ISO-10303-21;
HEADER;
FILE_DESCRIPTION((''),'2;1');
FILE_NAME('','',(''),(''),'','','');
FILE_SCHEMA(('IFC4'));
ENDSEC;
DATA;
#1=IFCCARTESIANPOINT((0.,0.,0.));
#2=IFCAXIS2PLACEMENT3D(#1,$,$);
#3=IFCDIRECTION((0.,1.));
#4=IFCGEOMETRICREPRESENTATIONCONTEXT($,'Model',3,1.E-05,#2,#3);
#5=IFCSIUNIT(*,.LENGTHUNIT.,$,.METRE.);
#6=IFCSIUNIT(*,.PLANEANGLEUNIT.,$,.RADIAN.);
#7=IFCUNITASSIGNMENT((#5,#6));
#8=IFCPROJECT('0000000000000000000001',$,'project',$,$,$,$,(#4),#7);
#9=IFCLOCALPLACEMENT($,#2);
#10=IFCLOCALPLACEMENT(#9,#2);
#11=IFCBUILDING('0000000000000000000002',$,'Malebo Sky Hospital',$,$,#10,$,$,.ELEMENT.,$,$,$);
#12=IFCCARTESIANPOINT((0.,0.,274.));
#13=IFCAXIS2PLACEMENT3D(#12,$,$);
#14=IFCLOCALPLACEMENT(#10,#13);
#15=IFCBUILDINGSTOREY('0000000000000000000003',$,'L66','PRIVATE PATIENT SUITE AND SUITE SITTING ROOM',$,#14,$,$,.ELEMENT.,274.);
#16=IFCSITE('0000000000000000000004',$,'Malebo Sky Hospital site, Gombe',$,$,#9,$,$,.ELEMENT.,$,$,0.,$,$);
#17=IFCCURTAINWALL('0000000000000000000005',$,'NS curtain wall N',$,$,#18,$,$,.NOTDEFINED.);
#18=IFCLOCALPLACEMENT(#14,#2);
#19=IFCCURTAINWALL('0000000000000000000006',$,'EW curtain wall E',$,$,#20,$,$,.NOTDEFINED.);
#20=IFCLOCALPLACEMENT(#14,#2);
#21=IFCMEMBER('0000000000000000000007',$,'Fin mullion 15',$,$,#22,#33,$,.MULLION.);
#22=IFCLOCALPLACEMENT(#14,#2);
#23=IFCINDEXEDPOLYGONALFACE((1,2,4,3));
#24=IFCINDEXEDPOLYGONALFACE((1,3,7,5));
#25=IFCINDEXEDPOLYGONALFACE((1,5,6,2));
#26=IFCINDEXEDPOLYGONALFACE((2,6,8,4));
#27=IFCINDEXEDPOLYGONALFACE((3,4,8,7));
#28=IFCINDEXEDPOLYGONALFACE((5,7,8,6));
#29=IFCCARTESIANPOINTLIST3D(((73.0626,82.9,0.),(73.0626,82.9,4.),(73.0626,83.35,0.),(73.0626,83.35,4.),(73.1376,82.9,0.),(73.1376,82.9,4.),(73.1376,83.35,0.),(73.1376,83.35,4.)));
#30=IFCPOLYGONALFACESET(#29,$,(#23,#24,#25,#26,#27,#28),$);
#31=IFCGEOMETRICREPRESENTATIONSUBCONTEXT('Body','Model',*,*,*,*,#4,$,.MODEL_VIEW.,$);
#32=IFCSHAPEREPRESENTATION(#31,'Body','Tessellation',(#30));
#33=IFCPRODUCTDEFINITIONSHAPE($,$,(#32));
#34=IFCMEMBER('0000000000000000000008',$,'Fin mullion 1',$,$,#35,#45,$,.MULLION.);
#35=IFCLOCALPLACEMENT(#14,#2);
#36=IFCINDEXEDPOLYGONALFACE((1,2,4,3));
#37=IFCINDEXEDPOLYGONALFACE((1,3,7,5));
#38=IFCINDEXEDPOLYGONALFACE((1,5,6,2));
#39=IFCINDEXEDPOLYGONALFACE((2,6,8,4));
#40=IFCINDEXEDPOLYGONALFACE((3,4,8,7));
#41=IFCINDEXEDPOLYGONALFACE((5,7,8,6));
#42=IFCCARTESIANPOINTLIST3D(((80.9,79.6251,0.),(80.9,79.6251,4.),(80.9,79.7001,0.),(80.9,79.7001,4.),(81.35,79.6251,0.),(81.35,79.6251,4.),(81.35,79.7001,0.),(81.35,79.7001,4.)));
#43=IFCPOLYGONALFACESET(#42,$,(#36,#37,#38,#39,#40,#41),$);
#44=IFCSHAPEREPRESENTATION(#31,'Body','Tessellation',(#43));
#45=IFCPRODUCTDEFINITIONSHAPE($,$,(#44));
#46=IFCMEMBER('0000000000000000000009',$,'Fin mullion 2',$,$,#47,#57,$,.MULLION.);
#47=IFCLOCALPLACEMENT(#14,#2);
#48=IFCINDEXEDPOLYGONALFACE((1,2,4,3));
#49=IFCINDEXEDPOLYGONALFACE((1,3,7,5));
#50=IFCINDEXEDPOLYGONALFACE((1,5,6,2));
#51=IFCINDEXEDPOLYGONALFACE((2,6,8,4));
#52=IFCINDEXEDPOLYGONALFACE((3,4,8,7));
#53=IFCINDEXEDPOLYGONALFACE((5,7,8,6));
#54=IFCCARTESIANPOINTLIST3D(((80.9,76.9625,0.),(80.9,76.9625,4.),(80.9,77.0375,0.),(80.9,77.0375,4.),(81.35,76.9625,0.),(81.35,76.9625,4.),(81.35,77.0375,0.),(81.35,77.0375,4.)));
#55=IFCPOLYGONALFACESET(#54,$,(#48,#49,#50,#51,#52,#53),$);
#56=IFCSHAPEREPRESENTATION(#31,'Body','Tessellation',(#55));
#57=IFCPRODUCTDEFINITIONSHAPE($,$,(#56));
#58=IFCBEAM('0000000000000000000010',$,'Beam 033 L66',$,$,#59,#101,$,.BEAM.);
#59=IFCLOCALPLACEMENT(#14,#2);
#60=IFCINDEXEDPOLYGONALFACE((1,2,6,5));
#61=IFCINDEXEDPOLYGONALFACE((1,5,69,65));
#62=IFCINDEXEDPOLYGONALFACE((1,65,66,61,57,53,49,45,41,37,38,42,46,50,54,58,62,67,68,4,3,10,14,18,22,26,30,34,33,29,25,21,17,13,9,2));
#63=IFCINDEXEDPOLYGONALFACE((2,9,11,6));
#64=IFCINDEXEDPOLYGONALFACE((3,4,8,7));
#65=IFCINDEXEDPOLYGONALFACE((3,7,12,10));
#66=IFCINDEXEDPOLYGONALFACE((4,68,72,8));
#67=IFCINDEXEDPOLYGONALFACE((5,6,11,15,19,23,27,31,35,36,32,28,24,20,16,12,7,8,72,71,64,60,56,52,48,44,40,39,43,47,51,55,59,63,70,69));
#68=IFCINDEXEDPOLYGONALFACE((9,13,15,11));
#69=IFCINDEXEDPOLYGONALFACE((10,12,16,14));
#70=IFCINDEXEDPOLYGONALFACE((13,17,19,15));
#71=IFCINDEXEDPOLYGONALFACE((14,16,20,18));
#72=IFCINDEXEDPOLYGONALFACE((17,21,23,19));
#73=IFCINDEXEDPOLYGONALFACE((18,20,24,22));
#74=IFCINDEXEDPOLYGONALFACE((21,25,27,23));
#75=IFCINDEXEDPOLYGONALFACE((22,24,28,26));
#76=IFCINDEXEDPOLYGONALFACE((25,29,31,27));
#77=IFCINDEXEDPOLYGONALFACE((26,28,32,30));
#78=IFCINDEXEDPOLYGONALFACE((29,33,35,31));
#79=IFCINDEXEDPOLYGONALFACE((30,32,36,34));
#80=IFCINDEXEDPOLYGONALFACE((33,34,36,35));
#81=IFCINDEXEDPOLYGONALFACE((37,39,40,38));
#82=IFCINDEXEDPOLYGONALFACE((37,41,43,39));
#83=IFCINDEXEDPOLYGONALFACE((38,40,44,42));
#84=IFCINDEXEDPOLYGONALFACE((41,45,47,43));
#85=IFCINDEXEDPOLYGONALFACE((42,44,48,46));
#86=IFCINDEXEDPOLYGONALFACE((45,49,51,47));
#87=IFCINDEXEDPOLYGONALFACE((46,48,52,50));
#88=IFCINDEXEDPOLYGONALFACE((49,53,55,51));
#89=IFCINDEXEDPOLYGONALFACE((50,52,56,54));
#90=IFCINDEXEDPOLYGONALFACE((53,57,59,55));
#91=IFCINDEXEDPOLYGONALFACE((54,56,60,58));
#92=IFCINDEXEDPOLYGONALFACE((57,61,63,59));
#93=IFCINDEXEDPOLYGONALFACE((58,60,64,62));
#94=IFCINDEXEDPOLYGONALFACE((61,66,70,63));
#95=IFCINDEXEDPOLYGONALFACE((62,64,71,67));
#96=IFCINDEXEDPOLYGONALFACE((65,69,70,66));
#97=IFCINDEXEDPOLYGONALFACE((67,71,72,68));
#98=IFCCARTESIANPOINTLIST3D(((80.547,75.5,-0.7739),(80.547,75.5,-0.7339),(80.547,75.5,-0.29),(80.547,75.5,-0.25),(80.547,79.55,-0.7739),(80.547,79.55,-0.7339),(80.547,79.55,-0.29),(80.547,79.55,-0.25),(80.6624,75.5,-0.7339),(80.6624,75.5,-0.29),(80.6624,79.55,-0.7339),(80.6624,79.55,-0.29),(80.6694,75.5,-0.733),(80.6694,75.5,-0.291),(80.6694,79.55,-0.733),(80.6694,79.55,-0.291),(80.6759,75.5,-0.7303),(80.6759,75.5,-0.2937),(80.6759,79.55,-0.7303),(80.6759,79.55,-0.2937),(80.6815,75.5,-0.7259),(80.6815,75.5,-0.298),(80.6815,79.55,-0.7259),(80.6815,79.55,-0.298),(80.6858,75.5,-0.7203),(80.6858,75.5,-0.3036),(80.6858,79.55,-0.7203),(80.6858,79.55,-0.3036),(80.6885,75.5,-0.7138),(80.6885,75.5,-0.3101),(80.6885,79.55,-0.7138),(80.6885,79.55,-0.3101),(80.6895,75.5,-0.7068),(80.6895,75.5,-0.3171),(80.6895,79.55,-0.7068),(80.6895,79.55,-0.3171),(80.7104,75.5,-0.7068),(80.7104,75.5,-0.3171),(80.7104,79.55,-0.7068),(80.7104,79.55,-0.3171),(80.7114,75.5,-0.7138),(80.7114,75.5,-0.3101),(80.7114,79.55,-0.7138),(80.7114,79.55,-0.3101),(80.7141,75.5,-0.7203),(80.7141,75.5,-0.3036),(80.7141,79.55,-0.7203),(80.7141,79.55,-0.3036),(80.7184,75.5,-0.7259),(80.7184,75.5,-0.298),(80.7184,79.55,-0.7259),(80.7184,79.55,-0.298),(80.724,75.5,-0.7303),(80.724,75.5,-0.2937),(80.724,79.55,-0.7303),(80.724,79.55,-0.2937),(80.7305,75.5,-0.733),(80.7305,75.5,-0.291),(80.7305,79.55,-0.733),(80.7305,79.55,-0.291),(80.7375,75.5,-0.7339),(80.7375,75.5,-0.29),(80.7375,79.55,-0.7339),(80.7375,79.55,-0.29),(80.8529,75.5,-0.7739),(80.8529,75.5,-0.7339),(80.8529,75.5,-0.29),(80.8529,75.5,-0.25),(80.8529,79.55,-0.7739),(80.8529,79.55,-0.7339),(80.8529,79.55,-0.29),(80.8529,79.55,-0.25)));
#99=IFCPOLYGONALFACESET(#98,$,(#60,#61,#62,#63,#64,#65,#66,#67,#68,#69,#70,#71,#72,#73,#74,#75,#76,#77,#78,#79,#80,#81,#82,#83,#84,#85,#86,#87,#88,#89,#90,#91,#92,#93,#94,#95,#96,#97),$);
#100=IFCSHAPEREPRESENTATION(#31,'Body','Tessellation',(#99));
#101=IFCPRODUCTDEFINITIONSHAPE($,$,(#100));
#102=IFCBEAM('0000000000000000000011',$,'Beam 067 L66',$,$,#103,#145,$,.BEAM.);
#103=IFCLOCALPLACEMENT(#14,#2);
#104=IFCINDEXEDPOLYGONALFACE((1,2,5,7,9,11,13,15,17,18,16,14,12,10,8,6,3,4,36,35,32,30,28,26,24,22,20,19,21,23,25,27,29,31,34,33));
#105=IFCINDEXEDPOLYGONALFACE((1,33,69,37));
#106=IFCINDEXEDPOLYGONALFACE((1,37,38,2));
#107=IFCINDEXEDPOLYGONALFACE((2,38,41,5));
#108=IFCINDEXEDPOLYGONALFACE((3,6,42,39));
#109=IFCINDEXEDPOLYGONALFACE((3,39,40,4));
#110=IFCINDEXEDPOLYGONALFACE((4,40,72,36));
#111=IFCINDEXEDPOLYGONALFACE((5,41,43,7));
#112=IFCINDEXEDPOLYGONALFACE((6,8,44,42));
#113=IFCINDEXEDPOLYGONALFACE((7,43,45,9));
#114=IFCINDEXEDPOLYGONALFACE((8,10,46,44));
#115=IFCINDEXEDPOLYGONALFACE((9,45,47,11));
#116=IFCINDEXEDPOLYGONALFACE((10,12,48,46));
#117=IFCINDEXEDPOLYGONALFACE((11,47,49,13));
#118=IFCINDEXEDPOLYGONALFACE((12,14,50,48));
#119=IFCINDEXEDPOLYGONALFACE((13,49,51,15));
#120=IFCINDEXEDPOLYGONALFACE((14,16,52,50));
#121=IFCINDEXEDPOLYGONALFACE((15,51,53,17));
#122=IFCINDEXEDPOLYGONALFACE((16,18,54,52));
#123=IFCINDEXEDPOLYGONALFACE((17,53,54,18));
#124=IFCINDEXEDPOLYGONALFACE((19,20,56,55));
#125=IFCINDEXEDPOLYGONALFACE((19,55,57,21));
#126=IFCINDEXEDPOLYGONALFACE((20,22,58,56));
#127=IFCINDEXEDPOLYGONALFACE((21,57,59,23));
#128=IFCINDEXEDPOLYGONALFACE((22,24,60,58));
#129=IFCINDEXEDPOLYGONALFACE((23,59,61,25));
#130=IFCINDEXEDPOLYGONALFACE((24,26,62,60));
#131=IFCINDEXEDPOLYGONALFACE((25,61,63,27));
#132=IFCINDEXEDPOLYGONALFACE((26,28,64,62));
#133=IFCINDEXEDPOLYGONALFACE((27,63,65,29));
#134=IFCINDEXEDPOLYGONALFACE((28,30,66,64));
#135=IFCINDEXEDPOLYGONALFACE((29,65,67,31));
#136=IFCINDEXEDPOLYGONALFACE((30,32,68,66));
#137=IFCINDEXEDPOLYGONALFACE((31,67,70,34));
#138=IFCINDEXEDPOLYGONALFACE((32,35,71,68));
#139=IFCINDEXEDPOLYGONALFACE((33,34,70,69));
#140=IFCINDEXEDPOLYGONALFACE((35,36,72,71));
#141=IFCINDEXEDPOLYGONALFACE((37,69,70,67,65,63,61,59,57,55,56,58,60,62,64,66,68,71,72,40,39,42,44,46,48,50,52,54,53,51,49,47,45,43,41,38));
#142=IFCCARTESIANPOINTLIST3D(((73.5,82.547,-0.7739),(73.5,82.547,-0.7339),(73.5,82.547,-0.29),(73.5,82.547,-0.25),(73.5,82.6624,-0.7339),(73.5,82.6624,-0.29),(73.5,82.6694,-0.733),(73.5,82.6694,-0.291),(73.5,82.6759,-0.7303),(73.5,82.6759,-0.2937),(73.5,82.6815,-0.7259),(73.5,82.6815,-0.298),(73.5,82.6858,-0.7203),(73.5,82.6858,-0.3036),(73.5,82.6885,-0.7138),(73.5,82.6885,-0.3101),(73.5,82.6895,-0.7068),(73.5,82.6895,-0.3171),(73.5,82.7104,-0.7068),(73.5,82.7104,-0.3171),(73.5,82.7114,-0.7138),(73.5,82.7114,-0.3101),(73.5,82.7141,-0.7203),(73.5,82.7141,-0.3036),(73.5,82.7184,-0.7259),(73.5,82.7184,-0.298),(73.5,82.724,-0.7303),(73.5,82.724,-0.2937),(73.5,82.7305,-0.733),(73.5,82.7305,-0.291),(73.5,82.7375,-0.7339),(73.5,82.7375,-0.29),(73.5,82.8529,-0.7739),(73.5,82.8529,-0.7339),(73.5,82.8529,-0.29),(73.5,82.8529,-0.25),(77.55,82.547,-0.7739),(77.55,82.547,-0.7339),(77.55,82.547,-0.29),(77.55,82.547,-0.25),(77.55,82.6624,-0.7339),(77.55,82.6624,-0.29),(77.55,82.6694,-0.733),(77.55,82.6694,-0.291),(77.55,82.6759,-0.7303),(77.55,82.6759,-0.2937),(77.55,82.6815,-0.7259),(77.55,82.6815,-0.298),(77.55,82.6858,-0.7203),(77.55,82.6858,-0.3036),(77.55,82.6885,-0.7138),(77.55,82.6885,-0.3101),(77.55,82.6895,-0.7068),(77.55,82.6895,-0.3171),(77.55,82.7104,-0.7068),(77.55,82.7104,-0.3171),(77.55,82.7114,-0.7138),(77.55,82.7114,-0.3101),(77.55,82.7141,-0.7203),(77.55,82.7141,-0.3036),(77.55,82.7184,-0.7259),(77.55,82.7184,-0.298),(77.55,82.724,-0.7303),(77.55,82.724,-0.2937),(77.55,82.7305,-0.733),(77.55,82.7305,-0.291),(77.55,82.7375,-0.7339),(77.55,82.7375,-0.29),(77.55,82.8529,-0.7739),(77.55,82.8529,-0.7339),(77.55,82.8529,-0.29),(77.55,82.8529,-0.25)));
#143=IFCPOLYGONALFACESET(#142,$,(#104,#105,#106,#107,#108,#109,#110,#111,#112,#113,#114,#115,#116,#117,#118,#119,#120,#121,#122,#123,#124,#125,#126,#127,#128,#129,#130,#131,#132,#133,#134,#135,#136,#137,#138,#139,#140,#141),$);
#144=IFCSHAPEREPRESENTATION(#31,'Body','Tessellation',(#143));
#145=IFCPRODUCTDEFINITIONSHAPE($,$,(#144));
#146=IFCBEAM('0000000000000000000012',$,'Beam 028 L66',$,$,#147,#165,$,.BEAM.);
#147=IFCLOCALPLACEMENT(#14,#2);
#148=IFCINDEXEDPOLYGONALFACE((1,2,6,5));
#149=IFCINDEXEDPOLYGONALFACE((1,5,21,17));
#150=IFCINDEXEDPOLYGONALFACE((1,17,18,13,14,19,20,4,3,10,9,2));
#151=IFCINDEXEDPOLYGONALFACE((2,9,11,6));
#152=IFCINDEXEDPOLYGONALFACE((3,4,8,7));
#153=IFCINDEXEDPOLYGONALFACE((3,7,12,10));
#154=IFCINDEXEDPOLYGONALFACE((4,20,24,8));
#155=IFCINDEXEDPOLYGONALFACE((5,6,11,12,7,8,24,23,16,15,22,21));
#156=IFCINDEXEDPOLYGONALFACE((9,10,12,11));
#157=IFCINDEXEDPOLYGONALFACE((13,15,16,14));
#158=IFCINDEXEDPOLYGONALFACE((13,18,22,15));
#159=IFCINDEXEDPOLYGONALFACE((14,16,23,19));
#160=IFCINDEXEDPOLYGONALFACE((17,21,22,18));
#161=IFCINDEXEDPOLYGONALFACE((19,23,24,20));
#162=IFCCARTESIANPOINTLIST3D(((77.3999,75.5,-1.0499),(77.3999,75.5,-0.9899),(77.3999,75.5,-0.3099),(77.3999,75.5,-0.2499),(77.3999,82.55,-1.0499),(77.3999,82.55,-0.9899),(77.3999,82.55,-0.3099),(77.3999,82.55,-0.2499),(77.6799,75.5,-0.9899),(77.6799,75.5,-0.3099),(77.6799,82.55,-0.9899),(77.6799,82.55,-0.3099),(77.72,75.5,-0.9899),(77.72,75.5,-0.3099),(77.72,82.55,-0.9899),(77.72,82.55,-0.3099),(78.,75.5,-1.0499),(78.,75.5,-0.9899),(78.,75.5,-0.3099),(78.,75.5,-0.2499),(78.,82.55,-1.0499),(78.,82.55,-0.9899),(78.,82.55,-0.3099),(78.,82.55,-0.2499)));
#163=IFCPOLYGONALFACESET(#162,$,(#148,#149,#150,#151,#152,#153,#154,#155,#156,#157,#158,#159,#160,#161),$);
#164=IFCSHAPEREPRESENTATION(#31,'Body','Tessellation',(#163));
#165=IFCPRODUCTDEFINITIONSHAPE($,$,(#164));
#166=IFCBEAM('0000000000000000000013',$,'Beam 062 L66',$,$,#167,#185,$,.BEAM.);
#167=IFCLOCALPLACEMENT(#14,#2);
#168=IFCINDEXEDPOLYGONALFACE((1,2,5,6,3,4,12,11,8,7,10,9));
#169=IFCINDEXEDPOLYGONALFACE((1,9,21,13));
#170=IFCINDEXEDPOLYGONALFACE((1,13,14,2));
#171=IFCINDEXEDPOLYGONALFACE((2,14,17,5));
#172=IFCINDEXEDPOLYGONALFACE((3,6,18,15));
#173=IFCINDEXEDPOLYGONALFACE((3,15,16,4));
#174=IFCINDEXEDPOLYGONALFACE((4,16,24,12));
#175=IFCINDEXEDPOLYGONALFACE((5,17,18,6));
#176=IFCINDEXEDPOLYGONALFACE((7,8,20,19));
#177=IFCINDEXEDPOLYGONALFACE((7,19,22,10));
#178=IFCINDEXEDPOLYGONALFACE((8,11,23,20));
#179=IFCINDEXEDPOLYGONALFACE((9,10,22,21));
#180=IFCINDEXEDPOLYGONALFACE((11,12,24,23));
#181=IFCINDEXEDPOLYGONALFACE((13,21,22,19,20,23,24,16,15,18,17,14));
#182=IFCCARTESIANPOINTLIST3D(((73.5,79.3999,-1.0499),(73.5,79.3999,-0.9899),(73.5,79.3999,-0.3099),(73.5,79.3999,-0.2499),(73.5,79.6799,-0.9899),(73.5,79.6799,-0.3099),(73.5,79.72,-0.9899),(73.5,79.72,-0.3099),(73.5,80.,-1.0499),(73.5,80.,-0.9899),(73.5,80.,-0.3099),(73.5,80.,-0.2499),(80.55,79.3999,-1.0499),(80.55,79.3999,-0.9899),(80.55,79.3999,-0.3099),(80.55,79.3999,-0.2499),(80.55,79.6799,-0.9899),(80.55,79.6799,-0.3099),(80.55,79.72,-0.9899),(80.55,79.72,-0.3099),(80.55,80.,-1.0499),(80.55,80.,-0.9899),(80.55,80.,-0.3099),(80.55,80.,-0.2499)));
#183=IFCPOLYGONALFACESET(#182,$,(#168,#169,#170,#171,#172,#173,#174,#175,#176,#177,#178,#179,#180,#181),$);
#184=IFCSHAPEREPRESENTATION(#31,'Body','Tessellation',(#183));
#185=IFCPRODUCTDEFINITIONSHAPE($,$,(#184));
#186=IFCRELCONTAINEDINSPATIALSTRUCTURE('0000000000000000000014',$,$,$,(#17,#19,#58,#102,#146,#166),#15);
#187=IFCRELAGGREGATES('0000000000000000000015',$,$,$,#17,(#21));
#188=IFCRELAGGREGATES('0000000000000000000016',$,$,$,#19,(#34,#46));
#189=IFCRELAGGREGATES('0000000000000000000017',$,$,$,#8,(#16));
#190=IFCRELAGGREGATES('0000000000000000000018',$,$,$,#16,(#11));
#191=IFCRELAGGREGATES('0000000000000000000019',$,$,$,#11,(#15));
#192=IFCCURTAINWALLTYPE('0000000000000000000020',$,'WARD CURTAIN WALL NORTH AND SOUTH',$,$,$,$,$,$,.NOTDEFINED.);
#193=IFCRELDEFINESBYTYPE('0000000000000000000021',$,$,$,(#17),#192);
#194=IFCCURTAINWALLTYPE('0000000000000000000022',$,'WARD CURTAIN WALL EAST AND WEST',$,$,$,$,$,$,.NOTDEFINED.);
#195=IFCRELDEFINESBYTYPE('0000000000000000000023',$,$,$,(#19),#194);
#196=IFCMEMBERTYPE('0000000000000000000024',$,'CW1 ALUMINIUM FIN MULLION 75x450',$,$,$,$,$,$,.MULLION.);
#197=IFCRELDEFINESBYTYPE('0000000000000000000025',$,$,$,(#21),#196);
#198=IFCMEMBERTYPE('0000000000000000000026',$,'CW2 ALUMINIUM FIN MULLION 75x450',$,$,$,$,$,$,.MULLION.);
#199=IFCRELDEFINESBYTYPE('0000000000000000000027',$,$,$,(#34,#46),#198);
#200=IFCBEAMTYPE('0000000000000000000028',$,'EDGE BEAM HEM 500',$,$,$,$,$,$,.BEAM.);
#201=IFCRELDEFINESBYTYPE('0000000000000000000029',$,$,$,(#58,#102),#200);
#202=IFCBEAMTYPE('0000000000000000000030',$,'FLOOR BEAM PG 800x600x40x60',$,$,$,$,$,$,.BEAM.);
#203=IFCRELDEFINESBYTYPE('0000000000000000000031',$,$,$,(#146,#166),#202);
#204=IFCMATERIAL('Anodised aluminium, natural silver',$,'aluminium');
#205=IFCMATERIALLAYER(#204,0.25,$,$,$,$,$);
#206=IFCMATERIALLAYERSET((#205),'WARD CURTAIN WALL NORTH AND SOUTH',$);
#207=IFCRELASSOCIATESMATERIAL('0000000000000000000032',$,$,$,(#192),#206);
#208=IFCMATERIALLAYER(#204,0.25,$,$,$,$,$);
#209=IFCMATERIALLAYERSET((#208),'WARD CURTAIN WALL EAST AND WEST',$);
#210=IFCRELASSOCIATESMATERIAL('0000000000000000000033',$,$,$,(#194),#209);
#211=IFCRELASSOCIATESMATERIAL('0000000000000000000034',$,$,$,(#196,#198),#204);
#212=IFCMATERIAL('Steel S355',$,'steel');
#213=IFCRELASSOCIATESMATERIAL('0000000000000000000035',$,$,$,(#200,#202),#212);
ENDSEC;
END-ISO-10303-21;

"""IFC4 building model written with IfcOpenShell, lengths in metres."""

from ifc_helpers import new_model, si_unit, direction, frame, origin, origin_2d, place, context, subcontext, project, spatial, rectangle, i_section, extrude, material, layer, layer_set, material_profile, profile_set, type_object, element, aggregate, save


model = new_model("IFC4")

# Units and contexts
model_context = context("Model", 3, precision=1e-05, world=origin(), true_north=direction((0.0, 1.0)))
body_context = subcontext(model_context, "Body", "Model", "MODEL_VIEW")
ifc_project = project(units=[si_unit("LENGTHUNIT", "METRE"), si_unit("PLANEANGLEUNIT", "RADIAN")], contexts=[model_context])

# Site, building, storey
site_placement = place(None, origin())
site = spatial("IfcSite", under=ifc_project, at=site_placement, Name="Malebo Sky Hospital site, Gombe", CompositionType="ELEMENT", RefElevation=0.0)
building_placement = place(site_placement, origin())
building = spatial("IfcBuilding", under=site, at=building_placement, Name="Malebo Sky Hospital", CompositionType="ELEMENT")
storey_placement = place(building_placement, frame((0.0, 0.0, 274.0)))
storey = spatial("IfcBuildingStorey", under=building, at=storey_placement, Name="L66", Description="PRIVATE PATIENT SUITE AND SUITE SITTING ROOM", CompositionType="ELEMENT", Elevation=274.0)

# Curtain walls
ifc_material_1 = material(Name="Anodised aluminium, natural silver", Category="aluminium")
ifc_layer_1 = layer(ifc_material_1, 0.25)
ifc_layer_set_1 = layer_set([ifc_layer_1], Name="WARD CURTAIN WALL NORTH AND SOUTH")
curtain_wall_type_1 = type_object("IfcCurtainWallType", Name="WARD CURTAIN WALL NORTH AND SOUTH", PredefinedType="NOTDEFINED", material=ifc_layer_set_1)
curtain_wall_1_placement = place(storey_placement, origin())
curtain_wall_1 = element("IfcCurtainWall", 1, at=curtain_wall_1_placement, inside=storey, type_object=curtain_wall_type_1, Name="NS curtain wall N", PredefinedType="NOTDEFINED")
ifc_layer_2 = layer(ifc_material_1, 0.25)
ifc_layer_set_2 = layer_set([ifc_layer_2], Name="WARD CURTAIN WALL EAST AND WEST")
curtain_wall_type_2 = type_object("IfcCurtainWallType", Name="WARD CURTAIN WALL EAST AND WEST", PredefinedType="NOTDEFINED", material=ifc_layer_set_2)
curtain_wall_2_placement = place(storey_placement, origin())
curtain_wall_2 = element("IfcCurtainWall", 2, at=curtain_wall_2_placement, inside=storey, type_object=curtain_wall_type_2, Name="EW curtain wall E", PredefinedType="NOTDEFINED")

# Members
ifc_material_profile_1 = material_profile(ifc_material_1, rectangle(XDim=0.075, YDim=0.45, at=origin_2d()), Name="CW1 ALUMINIUM FIN MULLION 75x450")
ifc_profile_set_1 = profile_set([ifc_material_profile_1], Name="Anodised aluminium, natural silver")
member_type_1 = type_object("IfcMemberType", Name="CW1 ALUMINIUM FIN MULLION 75x450", PredefinedType="MULLION", material=ifc_profile_set_1)
member_1_placement = place(storey_placement, frame((73.1001, 83.125, 0.0), z_axis=(0.0, 0.0, 1.0), x_axis=(1.0, 0.0, 0.0)))
member_1 = element("IfcMember", 3, at=member_1_placement, type_object=member_type_1, Name="Fin mullion 15", PredefinedType="MULLION", context=body_context, shape_type="SweptSolid", body=[
    extrude(rectangle(XDim=0.075, YDim=0.45, at=origin_2d()), origin(), (0.0, 0.0, 1.0), 4.0),
])
ifc_material_profile_2 = material_profile(ifc_material_1, rectangle(XDim=0.075, YDim=0.45, at=origin_2d()), Name="CW2 ALUMINIUM FIN MULLION 75x450")
ifc_profile_set_2 = profile_set([ifc_material_profile_2], Name="Anodised aluminium, natural silver")
member_type_2 = type_object("IfcMemberType", Name="CW2 ALUMINIUM FIN MULLION 75x450", PredefinedType="MULLION", material=ifc_profile_set_2)
member_2_placement = place(storey_placement, frame((81.125, 79.6626, 0.0), z_axis=(0.0, 0.0, 1.0), x_axis=(0.0, -1.0, 0.0)))
member_2 = element("IfcMember", 4, at=member_2_placement, type_object=member_type_2, Name="Fin mullion 1", PredefinedType="MULLION", context=body_context, shape_type="SweptSolid", body=[
    extrude(rectangle(XDim=0.075, YDim=0.45, at=origin_2d()), origin(), (0.0, 0.0, 1.0), 4.0),
])
member_3_placement = place(storey_placement, frame((81.125, 77.0, 0.0), z_axis=(0.0, 0.0, 1.0), x_axis=(0.0, -1.0, 0.0)))
member_3 = element("IfcMember", 5, at=member_3_placement, type_object=member_type_2, Name="Fin mullion 2", PredefinedType="MULLION", context=body_context, shape_type="SweptSolid", body=[
    extrude(rectangle(XDim=0.075, YDim=0.45, at=origin_2d()), origin(), (0.0, 0.0, 1.0), 4.0),
])

# Beams
ifc_material_2 = material(Name="Steel S355", Category="steel")
ifc_material_profile_3 = material_profile(ifc_material_2, i_section(OverallWidth=0.3059, OverallDepth=0.5239, WebThickness=0.021, FlangeThickness=0.04, FilletRadius=0.0271, at=origin_2d()), Name="HEM 500")
ifc_profile_set_3 = profile_set([ifc_material_profile_3], Name="Steel S355")
beam_type_1 = type_object("IfcBeamType", Name="EDGE BEAM HEM 500", PredefinedType="BEAM", material=ifc_profile_set_3)
for number, where, z_axis, x_axis, name in (
    (6, (80.7, 75.5, -0.512), (0.0, 1.0, 0.0), (-1.0, 0.0, 0.0), "Beam 033 L66"),
    (7, (73.5, 82.7, -0.512), (1.0, 0.0, 0.0), (0.0, 1.0, 0.0), "Beam 067 L66"),
):
    element("IfcBeam", number, at=place(storey_placement, frame(where, z_axis=z_axis, x_axis=x_axis)), inside=storey, type_object=beam_type_1, Name=name, PredefinedType="BEAM", context=body_context, shape_type="SweptSolid", body=[
        extrude(i_section(OverallWidth=0.3059, OverallDepth=0.5239, WebThickness=0.021, FlangeThickness=0.04, FilletRadius=0.0271, at=origin_2d()), origin(), (0.0, 0.0, 1.0), 4.05),
    ])
ifc_material_profile_4 = material_profile(ifc_material_2, i_section(OverallWidth=0.6001, OverallDepth=0.8, WebThickness=0.04, FlangeThickness=0.0601, at=origin_2d()), Name="PG 800x600x40x60")
ifc_profile_set_4 = profile_set([ifc_material_profile_4], Name="Steel S355")
beam_type_2 = type_object("IfcBeamType", Name="FLOOR BEAM PG 800x600x40x60", PredefinedType="BEAM", material=ifc_profile_set_4)
for number, where, z_axis, x_axis, name in (
    (8, (77.7, 75.5, -0.6499), (0.0, 1.0, 0.0), (-1.0, 0.0, 0.0), "Beam 028 L66"),
    (9, (73.5, 79.7, -0.6499), (1.0, 0.0, 0.0), (0.0, 1.0, 0.0), "Beam 062 L66"),
):
    element("IfcBeam", number, at=place(storey_placement, frame(where, z_axis=z_axis, x_axis=x_axis)), inside=storey, type_object=beam_type_2, Name=name, PredefinedType="BEAM", context=body_context, shape_type="SweptSolid", body=[
        extrude(i_section(OverallWidth=0.6001, OverallDepth=0.8, WebThickness=0.04, FlangeThickness=0.0601, at=origin_2d()), origin(), (0.0, 0.0, 1.0), 7.05),
    ])

aggregate(curtain_wall_1, [member_1])
aggregate(curtain_wall_2, [member_2, member_3])

save(model, "model.ifc")
